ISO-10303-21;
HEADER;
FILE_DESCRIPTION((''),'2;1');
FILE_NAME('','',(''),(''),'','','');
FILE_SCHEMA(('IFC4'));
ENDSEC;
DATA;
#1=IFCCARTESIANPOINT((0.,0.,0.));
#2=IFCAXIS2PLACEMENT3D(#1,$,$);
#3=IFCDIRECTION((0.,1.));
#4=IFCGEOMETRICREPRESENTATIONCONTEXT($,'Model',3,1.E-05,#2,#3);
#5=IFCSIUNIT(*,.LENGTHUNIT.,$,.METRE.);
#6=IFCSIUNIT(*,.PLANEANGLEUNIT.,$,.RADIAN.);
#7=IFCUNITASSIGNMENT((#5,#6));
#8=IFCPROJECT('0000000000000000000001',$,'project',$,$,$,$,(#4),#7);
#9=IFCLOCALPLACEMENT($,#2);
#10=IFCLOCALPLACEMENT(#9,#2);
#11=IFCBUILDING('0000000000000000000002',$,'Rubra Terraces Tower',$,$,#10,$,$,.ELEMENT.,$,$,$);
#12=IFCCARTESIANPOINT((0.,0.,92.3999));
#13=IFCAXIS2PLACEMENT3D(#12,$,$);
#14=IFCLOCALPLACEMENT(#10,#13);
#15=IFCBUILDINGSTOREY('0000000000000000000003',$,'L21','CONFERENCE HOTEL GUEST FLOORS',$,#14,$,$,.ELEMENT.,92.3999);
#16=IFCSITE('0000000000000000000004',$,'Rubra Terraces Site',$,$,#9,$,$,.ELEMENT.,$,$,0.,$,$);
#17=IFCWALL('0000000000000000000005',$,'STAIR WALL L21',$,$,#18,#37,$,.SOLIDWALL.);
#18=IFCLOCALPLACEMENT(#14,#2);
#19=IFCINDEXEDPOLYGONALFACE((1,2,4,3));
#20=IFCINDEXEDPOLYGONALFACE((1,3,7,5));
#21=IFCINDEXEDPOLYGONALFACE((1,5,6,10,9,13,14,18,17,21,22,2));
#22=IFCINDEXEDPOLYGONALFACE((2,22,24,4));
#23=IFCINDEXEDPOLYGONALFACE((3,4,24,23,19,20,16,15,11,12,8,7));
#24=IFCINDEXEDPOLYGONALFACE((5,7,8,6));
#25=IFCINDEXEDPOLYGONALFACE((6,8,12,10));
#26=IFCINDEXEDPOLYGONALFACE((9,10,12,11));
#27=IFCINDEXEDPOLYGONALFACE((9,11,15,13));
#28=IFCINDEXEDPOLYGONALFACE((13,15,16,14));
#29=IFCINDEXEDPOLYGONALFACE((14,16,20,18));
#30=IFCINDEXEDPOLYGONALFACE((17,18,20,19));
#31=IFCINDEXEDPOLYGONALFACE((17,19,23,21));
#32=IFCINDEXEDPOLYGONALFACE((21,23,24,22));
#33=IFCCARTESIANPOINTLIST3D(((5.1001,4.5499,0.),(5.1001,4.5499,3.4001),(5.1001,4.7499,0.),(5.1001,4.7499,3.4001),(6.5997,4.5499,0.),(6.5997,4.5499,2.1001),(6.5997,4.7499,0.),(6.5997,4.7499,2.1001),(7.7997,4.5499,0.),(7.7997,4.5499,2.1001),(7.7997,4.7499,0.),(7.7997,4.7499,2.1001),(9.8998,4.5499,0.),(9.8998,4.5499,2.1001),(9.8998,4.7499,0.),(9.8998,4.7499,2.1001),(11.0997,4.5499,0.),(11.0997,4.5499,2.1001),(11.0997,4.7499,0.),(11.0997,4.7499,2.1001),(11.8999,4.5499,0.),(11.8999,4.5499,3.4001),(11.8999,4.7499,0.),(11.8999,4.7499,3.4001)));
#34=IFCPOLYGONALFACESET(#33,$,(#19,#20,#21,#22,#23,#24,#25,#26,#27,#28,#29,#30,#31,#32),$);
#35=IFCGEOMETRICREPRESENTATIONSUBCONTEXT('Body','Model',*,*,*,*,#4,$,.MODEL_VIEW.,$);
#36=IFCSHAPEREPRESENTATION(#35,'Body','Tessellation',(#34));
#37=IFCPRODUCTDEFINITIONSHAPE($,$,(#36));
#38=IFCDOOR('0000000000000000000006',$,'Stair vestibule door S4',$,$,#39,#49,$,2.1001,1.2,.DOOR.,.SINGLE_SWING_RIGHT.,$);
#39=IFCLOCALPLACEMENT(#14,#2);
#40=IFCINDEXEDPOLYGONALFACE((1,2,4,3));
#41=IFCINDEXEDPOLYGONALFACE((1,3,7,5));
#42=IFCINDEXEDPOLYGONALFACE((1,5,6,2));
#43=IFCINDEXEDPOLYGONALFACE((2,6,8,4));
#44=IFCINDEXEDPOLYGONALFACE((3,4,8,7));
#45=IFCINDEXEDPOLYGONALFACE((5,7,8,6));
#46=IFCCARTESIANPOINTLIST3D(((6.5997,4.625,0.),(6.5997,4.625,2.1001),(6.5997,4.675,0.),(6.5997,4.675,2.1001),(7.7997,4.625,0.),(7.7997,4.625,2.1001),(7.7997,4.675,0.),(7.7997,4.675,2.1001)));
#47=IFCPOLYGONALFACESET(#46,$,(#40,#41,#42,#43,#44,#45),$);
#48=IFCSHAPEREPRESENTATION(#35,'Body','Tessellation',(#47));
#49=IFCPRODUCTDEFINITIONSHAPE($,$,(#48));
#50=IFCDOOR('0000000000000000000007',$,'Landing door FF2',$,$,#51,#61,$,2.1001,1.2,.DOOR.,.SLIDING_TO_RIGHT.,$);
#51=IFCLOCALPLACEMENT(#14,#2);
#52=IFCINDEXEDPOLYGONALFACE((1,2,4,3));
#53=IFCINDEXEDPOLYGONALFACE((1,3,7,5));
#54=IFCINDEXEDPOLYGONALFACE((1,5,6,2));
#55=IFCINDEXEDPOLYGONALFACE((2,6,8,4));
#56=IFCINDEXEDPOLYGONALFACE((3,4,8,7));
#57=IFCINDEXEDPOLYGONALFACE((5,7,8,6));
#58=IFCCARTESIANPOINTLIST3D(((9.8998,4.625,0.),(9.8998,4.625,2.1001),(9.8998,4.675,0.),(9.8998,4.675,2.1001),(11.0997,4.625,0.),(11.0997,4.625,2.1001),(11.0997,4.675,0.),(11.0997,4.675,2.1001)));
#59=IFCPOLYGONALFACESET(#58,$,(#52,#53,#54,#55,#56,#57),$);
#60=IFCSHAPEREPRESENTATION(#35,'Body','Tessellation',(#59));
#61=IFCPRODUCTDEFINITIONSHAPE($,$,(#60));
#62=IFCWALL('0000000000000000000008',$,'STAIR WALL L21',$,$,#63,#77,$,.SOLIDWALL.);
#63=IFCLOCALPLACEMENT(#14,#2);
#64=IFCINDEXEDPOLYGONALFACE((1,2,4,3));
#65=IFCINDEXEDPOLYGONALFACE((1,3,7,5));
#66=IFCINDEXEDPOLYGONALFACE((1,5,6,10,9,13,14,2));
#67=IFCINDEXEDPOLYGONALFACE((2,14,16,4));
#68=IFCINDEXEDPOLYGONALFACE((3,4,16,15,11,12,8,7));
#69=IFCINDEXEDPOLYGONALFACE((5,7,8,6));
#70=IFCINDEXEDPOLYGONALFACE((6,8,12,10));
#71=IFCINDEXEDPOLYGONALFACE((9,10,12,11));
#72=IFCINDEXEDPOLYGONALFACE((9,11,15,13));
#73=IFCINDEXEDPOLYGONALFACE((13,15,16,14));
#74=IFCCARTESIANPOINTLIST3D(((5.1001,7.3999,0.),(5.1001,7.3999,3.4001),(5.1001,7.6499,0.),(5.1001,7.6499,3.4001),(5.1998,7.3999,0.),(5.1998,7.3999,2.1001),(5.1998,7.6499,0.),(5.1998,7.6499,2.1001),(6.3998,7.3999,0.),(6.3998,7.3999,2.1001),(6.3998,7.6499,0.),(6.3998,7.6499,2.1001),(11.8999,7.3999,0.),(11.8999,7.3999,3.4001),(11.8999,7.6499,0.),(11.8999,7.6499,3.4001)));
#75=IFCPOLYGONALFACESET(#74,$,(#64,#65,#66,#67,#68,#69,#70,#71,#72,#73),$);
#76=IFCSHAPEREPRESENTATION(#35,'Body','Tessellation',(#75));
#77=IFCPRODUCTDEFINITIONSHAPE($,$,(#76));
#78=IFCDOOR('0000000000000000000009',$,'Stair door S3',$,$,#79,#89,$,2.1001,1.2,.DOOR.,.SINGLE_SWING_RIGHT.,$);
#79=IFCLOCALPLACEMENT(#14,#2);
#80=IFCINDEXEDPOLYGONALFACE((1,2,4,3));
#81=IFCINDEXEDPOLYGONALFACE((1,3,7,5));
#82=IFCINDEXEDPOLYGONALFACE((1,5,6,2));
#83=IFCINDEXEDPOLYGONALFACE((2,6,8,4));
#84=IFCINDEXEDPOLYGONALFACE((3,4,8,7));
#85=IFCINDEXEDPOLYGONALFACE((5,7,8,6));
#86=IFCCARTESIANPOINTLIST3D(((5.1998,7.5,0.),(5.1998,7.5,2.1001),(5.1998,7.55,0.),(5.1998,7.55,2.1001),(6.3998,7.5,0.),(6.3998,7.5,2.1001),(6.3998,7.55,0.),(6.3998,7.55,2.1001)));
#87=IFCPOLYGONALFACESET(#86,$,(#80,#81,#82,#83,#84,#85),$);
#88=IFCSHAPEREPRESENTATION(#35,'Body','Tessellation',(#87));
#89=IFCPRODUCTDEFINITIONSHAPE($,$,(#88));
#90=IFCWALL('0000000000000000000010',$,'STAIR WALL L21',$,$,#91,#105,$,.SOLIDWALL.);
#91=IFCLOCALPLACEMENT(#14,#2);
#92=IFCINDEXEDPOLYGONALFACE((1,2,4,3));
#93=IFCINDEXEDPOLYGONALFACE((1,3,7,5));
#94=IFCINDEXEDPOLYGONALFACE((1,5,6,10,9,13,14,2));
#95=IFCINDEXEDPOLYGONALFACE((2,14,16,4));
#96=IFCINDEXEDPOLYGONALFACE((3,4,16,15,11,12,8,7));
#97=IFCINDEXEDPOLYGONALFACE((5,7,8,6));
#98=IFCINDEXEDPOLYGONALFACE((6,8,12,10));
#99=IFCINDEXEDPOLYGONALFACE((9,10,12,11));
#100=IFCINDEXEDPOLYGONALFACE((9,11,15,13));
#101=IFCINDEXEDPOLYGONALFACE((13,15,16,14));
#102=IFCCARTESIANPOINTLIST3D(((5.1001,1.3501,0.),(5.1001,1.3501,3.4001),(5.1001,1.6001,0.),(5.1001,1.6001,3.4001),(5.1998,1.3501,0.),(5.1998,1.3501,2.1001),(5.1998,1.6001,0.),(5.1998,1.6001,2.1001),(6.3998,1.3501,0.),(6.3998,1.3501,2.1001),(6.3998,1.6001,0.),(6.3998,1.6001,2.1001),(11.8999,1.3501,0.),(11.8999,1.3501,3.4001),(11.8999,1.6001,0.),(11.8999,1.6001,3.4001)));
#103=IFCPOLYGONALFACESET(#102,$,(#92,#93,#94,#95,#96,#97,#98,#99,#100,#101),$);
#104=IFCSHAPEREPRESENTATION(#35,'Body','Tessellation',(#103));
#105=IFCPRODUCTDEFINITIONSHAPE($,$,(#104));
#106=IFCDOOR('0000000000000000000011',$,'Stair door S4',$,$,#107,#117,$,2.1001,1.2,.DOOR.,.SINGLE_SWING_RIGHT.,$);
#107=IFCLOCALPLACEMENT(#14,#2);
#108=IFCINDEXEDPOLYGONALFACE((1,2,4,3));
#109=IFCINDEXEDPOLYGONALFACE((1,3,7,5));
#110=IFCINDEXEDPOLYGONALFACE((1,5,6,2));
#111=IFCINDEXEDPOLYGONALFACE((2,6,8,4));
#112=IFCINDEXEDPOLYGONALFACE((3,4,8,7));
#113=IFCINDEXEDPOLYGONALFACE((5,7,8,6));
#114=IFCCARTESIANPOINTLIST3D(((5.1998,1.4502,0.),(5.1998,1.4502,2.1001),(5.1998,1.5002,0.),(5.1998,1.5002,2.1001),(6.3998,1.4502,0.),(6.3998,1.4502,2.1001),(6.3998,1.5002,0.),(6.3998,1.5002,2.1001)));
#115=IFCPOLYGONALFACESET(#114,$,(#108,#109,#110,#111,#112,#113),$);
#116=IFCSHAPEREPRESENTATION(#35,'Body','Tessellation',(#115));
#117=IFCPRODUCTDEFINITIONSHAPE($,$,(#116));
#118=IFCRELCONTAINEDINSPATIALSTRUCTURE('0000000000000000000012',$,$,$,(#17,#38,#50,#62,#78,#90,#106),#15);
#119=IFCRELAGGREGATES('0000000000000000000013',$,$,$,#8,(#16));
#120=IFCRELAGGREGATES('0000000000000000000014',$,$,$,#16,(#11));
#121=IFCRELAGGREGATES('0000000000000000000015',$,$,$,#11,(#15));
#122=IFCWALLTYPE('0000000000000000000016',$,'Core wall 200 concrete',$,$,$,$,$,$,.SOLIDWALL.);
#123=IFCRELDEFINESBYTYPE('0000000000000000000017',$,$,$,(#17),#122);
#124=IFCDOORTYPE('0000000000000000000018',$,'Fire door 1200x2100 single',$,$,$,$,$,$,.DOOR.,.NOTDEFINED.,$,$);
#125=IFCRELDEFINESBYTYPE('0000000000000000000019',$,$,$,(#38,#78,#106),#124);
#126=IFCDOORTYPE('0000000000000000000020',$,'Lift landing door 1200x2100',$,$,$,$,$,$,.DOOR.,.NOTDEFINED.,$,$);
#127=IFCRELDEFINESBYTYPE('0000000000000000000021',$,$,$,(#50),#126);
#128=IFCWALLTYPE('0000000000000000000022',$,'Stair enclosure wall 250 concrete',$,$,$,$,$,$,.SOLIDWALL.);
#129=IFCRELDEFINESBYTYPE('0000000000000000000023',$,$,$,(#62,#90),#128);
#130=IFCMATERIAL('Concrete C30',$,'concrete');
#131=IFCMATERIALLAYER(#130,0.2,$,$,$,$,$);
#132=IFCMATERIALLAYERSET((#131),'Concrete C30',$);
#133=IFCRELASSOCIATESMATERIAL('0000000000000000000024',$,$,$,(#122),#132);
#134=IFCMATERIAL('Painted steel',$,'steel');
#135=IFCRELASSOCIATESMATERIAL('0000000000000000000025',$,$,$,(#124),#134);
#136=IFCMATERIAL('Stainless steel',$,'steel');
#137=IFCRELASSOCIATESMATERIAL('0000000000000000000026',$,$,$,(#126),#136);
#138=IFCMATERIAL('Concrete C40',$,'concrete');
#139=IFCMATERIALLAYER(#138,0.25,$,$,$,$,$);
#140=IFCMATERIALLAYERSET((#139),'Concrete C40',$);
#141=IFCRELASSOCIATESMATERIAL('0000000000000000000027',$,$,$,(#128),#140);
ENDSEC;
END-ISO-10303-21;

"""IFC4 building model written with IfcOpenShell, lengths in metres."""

from ifc_helpers import new_model, si_unit, direction, frame, frame_2d, origin, place, context, subcontext, project, spatial, rectangle, extrude, material, layer, layer_set, type_object, element, fill, save


model = new_model("IFC4")

# Units and contexts
model_context = context("Model", 3, precision=1e-05, world=origin(), true_north=direction((0.0, 1.0)))
body_context = subcontext(model_context, "Body", "Model", "MODEL_VIEW")
ifc_project = project(units=[si_unit("LENGTHUNIT", "METRE"), si_unit("PLANEANGLEUNIT", "RADIAN")], contexts=[model_context])

# Site, building, storey
site_placement = place(None, origin())
site = spatial("IfcSite", under=ifc_project, at=site_placement, Name="Rubra Terraces Site", CompositionType="ELEMENT", RefElevation=0.0)
building_placement = place(site_placement, origin())
building = spatial("IfcBuilding", under=site, at=building_placement, Name="Rubra Terraces Tower", CompositionType="ELEMENT")
storey_placement = place(building_placement, frame((0.0, 0.0, 92.3999)))
storey = spatial("IfcBuildingStorey", under=building, at=storey_placement, Name="L21", Description="CONFERENCE HOTEL GUEST FLOORS", CompositionType="ELEMENT", Elevation=92.3999)

# Wall, openings, doors
ifc_material_1 = material(Name="Concrete C30", Category="concrete")
ifc_layer_1 = layer(ifc_material_1, 0.2)
ifc_layer_set_1 = layer_set([ifc_layer_1], Name="Concrete C30")
wall_type_1 = type_object("IfcWallType", Name="Core wall 200 concrete", PredefinedType="SOLIDWALL", material=ifc_layer_set_1)
wall_1_placement = place(storey_placement, frame((11.8999, 4.6499, 0.0), z_axis=(0.0, 0.0, 1.0), x_axis=(-1.0, 0.0, 0.0)))
wall_1 = element("IfcWall", 1, at=wall_1_placement, inside=storey, type_object=wall_type_1, Name="STAIR WALL L21", PredefinedType="SOLIDWALL", context=body_context, shape_type="SweptSolid", body=[
    extrude(rectangle(XDim=6.7998, YDim=0.2, at=frame_2d((3.3999, 0.0))), origin(), (0.0, 0.0, 1.0), 3.4001),
])
opening_1_placement = place(wall_1_placement, frame((4.1001, 0.0, 0.0)))
opening_1 = element("IfcOpeningElement", 2, at=opening_1_placement, cuts=wall_1, PredefinedType="OPENING", context=body_context, shape_type="SweptSolid", body=[
    extrude(rectangle(XDim=1.2, YDim=2.1001, at=frame_2d((0.6001, 1.05))), frame((0.0, 0.1099, 0.0), z_axis=(0.0, -1.0, 0.0), x_axis=(1.0, 0.0, 0.0)), (0.0, 0.0, 1.0), 0.22),
])
opening_2_placement = place(wall_1_placement, frame((0.8, 0.0, 0.0)))
opening_2 = element("IfcOpeningElement", 3, at=opening_2_placement, cuts=wall_1, PredefinedType="OPENING", context=body_context, shape_type="SweptSolid", body=[
    extrude(rectangle(XDim=1.2, YDim=2.1001, at=frame_2d((0.6001, 1.05))), frame((0.0, 0.1099, 0.0), z_axis=(0.0, -1.0, 0.0), x_axis=(1.0, 0.0, 0.0)), (0.0, 0.0, 1.0), 0.22),
])
ifc_material_2 = material(Name="Painted steel", Category="steel")
door_type_1 = type_object("IfcDoorType", Name="Fire door 1200x2100 single", OperationType="NOTDEFINED", PredefinedType="DOOR", material=ifc_material_2)
door_1_placement = place(opening_1_placement, origin())
door_1 = element("IfcDoor", 4, at=door_1_placement, inside=storey, type_object=door_type_1, Name="Stair vestibule door S4", OperationType="SINGLE_SWING_RIGHT", OverallHeight=2.1001, OverallWidth=1.2, PredefinedType="DOOR", context=body_context, shape_type="SweptSolid", body=[
    extrude(rectangle(XDim=1.2, YDim=2.1001, at=frame_2d((0.6001, 1.05))), frame((0.0, 0.0249, 0.0), z_axis=(0.0, -1.0, 0.0), x_axis=(1.0, 0.0, 0.0)), (0.0, 0.0, 1.0), 0.05),
])
fill(opening_1, door_1)
ifc_material_3 = material(Name="Stainless steel", Category="steel")
door_type_2 = type_object("IfcDoorType", Name="Lift landing door 1200x2100", OperationType="NOTDEFINED", PredefinedType="DOOR", material=ifc_material_3)
door_2_placement = place(opening_2_placement, origin())
door_2 = element("IfcDoor", 5, at=door_2_placement, inside=storey, type_object=door_type_2, Name="Landing door FF2", OperationType="SLIDING_TO_RIGHT", OverallHeight=2.1001, OverallWidth=1.2, PredefinedType="DOOR", context=body_context, shape_type="SweptSolid", body=[
    extrude(rectangle(XDim=1.2, YDim=2.1001, at=frame_2d((0.6001, 1.05))), frame((0.0, 0.0249, 0.0), z_axis=(0.0, -1.0, 0.0), x_axis=(1.0, 0.0, 0.0)), (0.0, 0.0, 1.0), 0.05),
])
fill(opening_2, door_2)

# Walls, openings, doors
ifc_material_4 = material(Name="Concrete C40", Category="concrete")
ifc_layer_2 = layer(ifc_material_4, 0.25)
ifc_layer_set_2 = layer_set([ifc_layer_2], Name="Concrete C40")
wall_type_2 = type_object("IfcWallType", Name="Stair enclosure wall 250 concrete", PredefinedType="SOLIDWALL", material=ifc_layer_set_2)
wall_2_placement = place(storey_placement, frame((11.8999, 7.5249, 0.0), z_axis=(0.0, 0.0, 1.0), x_axis=(-1.0, 0.0, 0.0)))
wall_2 = element("IfcWall", 6, at=wall_2_placement, inside=storey, type_object=wall_type_2, Name="STAIR WALL L21", PredefinedType="SOLIDWALL", context=body_context, shape_type="SweptSolid", body=[
    extrude(rectangle(XDim=6.7998, YDim=0.25, at=frame_2d((3.3999, 0.0))), origin(), (0.0, 0.0, 1.0), 3.4001),
])
opening_3_placement = place(wall_2_placement, frame((5.5, 0.0, 0.0)))
opening_3 = element("IfcOpeningElement", 7, at=opening_3_placement, cuts=wall_2, PredefinedType="OPENING", context=body_context, shape_type="SweptSolid", body=[
    extrude(rectangle(XDim=1.2, YDim=2.1001, at=frame_2d((0.6001, 1.05))), frame((0.0, 0.135, 0.0), z_axis=(0.0, -1.0, 0.0), x_axis=(1.0, 0.0, 0.0)), (0.0, 0.0, 1.0), 0.27),
])
door_3_placement = place(opening_3_placement, origin())
door_3 = element("IfcDoor", 8, at=door_3_placement, inside=storey, type_object=door_type_1, Name="Stair door S3", OperationType="SINGLE_SWING_RIGHT", OverallHeight=2.1001, OverallWidth=1.2, PredefinedType="DOOR", context=body_context, shape_type="SweptSolid", body=[
    extrude(rectangle(XDim=1.2, YDim=2.1001, at=frame_2d((0.6001, 1.05))), frame((0.0, 0.0249, 0.0), z_axis=(0.0, -1.0, 0.0), x_axis=(1.0, 0.0, 0.0)), (0.0, 0.0, 1.0), 0.05),
])
fill(opening_3, door_3)
wall_3_placement = place(storey_placement, frame((11.8999, 1.4751, 0.0), z_axis=(0.0, 0.0, 1.0), x_axis=(-1.0, 0.0, 0.0)))
wall_3 = element("IfcWall", 9, at=wall_3_placement, inside=storey, type_object=wall_type_2, Name="STAIR WALL L21", PredefinedType="SOLIDWALL", context=body_context, shape_type="SweptSolid", body=[
    extrude(rectangle(XDim=6.7998, YDim=0.25, at=frame_2d((3.3999, 0.0))), origin(), (0.0, 0.0, 1.0), 3.4001),
])
opening_4_placement = place(wall_3_placement, frame((5.5, 0.0, 0.0)))
opening_4 = element("IfcOpeningElement", 10, at=opening_4_placement, cuts=wall_3, PredefinedType="OPENING", context=body_context, shape_type="SweptSolid", body=[
    extrude(rectangle(XDim=1.2, YDim=2.1001, at=frame_2d((0.6001, 1.05))), frame((0.0, 0.135, 0.0), z_axis=(0.0, -1.0, 0.0), x_axis=(1.0, 0.0, 0.0)), (0.0, 0.0, 1.0), 0.27),
])
door_4_placement = place(opening_4_placement, origin())
door_4 = element("IfcDoor", 11, at=door_4_placement, inside=storey, type_object=door_type_1, Name="Stair door S4", OperationType="SINGLE_SWING_RIGHT", OverallHeight=2.1001, OverallWidth=1.2, PredefinedType="DOOR", context=body_context, shape_type="SweptSolid", body=[
    extrude(rectangle(XDim=1.2, YDim=2.1001, at=frame_2d((0.6001, 1.05))), frame((0.0, 0.0249, 0.0), z_axis=(0.0, -1.0, 0.0), x_axis=(1.0, 0.0, 0.0)), (0.0, 0.0, 1.0), 0.05),
])
fill(opening_4, door_4)

save(model, "model.ifc")
